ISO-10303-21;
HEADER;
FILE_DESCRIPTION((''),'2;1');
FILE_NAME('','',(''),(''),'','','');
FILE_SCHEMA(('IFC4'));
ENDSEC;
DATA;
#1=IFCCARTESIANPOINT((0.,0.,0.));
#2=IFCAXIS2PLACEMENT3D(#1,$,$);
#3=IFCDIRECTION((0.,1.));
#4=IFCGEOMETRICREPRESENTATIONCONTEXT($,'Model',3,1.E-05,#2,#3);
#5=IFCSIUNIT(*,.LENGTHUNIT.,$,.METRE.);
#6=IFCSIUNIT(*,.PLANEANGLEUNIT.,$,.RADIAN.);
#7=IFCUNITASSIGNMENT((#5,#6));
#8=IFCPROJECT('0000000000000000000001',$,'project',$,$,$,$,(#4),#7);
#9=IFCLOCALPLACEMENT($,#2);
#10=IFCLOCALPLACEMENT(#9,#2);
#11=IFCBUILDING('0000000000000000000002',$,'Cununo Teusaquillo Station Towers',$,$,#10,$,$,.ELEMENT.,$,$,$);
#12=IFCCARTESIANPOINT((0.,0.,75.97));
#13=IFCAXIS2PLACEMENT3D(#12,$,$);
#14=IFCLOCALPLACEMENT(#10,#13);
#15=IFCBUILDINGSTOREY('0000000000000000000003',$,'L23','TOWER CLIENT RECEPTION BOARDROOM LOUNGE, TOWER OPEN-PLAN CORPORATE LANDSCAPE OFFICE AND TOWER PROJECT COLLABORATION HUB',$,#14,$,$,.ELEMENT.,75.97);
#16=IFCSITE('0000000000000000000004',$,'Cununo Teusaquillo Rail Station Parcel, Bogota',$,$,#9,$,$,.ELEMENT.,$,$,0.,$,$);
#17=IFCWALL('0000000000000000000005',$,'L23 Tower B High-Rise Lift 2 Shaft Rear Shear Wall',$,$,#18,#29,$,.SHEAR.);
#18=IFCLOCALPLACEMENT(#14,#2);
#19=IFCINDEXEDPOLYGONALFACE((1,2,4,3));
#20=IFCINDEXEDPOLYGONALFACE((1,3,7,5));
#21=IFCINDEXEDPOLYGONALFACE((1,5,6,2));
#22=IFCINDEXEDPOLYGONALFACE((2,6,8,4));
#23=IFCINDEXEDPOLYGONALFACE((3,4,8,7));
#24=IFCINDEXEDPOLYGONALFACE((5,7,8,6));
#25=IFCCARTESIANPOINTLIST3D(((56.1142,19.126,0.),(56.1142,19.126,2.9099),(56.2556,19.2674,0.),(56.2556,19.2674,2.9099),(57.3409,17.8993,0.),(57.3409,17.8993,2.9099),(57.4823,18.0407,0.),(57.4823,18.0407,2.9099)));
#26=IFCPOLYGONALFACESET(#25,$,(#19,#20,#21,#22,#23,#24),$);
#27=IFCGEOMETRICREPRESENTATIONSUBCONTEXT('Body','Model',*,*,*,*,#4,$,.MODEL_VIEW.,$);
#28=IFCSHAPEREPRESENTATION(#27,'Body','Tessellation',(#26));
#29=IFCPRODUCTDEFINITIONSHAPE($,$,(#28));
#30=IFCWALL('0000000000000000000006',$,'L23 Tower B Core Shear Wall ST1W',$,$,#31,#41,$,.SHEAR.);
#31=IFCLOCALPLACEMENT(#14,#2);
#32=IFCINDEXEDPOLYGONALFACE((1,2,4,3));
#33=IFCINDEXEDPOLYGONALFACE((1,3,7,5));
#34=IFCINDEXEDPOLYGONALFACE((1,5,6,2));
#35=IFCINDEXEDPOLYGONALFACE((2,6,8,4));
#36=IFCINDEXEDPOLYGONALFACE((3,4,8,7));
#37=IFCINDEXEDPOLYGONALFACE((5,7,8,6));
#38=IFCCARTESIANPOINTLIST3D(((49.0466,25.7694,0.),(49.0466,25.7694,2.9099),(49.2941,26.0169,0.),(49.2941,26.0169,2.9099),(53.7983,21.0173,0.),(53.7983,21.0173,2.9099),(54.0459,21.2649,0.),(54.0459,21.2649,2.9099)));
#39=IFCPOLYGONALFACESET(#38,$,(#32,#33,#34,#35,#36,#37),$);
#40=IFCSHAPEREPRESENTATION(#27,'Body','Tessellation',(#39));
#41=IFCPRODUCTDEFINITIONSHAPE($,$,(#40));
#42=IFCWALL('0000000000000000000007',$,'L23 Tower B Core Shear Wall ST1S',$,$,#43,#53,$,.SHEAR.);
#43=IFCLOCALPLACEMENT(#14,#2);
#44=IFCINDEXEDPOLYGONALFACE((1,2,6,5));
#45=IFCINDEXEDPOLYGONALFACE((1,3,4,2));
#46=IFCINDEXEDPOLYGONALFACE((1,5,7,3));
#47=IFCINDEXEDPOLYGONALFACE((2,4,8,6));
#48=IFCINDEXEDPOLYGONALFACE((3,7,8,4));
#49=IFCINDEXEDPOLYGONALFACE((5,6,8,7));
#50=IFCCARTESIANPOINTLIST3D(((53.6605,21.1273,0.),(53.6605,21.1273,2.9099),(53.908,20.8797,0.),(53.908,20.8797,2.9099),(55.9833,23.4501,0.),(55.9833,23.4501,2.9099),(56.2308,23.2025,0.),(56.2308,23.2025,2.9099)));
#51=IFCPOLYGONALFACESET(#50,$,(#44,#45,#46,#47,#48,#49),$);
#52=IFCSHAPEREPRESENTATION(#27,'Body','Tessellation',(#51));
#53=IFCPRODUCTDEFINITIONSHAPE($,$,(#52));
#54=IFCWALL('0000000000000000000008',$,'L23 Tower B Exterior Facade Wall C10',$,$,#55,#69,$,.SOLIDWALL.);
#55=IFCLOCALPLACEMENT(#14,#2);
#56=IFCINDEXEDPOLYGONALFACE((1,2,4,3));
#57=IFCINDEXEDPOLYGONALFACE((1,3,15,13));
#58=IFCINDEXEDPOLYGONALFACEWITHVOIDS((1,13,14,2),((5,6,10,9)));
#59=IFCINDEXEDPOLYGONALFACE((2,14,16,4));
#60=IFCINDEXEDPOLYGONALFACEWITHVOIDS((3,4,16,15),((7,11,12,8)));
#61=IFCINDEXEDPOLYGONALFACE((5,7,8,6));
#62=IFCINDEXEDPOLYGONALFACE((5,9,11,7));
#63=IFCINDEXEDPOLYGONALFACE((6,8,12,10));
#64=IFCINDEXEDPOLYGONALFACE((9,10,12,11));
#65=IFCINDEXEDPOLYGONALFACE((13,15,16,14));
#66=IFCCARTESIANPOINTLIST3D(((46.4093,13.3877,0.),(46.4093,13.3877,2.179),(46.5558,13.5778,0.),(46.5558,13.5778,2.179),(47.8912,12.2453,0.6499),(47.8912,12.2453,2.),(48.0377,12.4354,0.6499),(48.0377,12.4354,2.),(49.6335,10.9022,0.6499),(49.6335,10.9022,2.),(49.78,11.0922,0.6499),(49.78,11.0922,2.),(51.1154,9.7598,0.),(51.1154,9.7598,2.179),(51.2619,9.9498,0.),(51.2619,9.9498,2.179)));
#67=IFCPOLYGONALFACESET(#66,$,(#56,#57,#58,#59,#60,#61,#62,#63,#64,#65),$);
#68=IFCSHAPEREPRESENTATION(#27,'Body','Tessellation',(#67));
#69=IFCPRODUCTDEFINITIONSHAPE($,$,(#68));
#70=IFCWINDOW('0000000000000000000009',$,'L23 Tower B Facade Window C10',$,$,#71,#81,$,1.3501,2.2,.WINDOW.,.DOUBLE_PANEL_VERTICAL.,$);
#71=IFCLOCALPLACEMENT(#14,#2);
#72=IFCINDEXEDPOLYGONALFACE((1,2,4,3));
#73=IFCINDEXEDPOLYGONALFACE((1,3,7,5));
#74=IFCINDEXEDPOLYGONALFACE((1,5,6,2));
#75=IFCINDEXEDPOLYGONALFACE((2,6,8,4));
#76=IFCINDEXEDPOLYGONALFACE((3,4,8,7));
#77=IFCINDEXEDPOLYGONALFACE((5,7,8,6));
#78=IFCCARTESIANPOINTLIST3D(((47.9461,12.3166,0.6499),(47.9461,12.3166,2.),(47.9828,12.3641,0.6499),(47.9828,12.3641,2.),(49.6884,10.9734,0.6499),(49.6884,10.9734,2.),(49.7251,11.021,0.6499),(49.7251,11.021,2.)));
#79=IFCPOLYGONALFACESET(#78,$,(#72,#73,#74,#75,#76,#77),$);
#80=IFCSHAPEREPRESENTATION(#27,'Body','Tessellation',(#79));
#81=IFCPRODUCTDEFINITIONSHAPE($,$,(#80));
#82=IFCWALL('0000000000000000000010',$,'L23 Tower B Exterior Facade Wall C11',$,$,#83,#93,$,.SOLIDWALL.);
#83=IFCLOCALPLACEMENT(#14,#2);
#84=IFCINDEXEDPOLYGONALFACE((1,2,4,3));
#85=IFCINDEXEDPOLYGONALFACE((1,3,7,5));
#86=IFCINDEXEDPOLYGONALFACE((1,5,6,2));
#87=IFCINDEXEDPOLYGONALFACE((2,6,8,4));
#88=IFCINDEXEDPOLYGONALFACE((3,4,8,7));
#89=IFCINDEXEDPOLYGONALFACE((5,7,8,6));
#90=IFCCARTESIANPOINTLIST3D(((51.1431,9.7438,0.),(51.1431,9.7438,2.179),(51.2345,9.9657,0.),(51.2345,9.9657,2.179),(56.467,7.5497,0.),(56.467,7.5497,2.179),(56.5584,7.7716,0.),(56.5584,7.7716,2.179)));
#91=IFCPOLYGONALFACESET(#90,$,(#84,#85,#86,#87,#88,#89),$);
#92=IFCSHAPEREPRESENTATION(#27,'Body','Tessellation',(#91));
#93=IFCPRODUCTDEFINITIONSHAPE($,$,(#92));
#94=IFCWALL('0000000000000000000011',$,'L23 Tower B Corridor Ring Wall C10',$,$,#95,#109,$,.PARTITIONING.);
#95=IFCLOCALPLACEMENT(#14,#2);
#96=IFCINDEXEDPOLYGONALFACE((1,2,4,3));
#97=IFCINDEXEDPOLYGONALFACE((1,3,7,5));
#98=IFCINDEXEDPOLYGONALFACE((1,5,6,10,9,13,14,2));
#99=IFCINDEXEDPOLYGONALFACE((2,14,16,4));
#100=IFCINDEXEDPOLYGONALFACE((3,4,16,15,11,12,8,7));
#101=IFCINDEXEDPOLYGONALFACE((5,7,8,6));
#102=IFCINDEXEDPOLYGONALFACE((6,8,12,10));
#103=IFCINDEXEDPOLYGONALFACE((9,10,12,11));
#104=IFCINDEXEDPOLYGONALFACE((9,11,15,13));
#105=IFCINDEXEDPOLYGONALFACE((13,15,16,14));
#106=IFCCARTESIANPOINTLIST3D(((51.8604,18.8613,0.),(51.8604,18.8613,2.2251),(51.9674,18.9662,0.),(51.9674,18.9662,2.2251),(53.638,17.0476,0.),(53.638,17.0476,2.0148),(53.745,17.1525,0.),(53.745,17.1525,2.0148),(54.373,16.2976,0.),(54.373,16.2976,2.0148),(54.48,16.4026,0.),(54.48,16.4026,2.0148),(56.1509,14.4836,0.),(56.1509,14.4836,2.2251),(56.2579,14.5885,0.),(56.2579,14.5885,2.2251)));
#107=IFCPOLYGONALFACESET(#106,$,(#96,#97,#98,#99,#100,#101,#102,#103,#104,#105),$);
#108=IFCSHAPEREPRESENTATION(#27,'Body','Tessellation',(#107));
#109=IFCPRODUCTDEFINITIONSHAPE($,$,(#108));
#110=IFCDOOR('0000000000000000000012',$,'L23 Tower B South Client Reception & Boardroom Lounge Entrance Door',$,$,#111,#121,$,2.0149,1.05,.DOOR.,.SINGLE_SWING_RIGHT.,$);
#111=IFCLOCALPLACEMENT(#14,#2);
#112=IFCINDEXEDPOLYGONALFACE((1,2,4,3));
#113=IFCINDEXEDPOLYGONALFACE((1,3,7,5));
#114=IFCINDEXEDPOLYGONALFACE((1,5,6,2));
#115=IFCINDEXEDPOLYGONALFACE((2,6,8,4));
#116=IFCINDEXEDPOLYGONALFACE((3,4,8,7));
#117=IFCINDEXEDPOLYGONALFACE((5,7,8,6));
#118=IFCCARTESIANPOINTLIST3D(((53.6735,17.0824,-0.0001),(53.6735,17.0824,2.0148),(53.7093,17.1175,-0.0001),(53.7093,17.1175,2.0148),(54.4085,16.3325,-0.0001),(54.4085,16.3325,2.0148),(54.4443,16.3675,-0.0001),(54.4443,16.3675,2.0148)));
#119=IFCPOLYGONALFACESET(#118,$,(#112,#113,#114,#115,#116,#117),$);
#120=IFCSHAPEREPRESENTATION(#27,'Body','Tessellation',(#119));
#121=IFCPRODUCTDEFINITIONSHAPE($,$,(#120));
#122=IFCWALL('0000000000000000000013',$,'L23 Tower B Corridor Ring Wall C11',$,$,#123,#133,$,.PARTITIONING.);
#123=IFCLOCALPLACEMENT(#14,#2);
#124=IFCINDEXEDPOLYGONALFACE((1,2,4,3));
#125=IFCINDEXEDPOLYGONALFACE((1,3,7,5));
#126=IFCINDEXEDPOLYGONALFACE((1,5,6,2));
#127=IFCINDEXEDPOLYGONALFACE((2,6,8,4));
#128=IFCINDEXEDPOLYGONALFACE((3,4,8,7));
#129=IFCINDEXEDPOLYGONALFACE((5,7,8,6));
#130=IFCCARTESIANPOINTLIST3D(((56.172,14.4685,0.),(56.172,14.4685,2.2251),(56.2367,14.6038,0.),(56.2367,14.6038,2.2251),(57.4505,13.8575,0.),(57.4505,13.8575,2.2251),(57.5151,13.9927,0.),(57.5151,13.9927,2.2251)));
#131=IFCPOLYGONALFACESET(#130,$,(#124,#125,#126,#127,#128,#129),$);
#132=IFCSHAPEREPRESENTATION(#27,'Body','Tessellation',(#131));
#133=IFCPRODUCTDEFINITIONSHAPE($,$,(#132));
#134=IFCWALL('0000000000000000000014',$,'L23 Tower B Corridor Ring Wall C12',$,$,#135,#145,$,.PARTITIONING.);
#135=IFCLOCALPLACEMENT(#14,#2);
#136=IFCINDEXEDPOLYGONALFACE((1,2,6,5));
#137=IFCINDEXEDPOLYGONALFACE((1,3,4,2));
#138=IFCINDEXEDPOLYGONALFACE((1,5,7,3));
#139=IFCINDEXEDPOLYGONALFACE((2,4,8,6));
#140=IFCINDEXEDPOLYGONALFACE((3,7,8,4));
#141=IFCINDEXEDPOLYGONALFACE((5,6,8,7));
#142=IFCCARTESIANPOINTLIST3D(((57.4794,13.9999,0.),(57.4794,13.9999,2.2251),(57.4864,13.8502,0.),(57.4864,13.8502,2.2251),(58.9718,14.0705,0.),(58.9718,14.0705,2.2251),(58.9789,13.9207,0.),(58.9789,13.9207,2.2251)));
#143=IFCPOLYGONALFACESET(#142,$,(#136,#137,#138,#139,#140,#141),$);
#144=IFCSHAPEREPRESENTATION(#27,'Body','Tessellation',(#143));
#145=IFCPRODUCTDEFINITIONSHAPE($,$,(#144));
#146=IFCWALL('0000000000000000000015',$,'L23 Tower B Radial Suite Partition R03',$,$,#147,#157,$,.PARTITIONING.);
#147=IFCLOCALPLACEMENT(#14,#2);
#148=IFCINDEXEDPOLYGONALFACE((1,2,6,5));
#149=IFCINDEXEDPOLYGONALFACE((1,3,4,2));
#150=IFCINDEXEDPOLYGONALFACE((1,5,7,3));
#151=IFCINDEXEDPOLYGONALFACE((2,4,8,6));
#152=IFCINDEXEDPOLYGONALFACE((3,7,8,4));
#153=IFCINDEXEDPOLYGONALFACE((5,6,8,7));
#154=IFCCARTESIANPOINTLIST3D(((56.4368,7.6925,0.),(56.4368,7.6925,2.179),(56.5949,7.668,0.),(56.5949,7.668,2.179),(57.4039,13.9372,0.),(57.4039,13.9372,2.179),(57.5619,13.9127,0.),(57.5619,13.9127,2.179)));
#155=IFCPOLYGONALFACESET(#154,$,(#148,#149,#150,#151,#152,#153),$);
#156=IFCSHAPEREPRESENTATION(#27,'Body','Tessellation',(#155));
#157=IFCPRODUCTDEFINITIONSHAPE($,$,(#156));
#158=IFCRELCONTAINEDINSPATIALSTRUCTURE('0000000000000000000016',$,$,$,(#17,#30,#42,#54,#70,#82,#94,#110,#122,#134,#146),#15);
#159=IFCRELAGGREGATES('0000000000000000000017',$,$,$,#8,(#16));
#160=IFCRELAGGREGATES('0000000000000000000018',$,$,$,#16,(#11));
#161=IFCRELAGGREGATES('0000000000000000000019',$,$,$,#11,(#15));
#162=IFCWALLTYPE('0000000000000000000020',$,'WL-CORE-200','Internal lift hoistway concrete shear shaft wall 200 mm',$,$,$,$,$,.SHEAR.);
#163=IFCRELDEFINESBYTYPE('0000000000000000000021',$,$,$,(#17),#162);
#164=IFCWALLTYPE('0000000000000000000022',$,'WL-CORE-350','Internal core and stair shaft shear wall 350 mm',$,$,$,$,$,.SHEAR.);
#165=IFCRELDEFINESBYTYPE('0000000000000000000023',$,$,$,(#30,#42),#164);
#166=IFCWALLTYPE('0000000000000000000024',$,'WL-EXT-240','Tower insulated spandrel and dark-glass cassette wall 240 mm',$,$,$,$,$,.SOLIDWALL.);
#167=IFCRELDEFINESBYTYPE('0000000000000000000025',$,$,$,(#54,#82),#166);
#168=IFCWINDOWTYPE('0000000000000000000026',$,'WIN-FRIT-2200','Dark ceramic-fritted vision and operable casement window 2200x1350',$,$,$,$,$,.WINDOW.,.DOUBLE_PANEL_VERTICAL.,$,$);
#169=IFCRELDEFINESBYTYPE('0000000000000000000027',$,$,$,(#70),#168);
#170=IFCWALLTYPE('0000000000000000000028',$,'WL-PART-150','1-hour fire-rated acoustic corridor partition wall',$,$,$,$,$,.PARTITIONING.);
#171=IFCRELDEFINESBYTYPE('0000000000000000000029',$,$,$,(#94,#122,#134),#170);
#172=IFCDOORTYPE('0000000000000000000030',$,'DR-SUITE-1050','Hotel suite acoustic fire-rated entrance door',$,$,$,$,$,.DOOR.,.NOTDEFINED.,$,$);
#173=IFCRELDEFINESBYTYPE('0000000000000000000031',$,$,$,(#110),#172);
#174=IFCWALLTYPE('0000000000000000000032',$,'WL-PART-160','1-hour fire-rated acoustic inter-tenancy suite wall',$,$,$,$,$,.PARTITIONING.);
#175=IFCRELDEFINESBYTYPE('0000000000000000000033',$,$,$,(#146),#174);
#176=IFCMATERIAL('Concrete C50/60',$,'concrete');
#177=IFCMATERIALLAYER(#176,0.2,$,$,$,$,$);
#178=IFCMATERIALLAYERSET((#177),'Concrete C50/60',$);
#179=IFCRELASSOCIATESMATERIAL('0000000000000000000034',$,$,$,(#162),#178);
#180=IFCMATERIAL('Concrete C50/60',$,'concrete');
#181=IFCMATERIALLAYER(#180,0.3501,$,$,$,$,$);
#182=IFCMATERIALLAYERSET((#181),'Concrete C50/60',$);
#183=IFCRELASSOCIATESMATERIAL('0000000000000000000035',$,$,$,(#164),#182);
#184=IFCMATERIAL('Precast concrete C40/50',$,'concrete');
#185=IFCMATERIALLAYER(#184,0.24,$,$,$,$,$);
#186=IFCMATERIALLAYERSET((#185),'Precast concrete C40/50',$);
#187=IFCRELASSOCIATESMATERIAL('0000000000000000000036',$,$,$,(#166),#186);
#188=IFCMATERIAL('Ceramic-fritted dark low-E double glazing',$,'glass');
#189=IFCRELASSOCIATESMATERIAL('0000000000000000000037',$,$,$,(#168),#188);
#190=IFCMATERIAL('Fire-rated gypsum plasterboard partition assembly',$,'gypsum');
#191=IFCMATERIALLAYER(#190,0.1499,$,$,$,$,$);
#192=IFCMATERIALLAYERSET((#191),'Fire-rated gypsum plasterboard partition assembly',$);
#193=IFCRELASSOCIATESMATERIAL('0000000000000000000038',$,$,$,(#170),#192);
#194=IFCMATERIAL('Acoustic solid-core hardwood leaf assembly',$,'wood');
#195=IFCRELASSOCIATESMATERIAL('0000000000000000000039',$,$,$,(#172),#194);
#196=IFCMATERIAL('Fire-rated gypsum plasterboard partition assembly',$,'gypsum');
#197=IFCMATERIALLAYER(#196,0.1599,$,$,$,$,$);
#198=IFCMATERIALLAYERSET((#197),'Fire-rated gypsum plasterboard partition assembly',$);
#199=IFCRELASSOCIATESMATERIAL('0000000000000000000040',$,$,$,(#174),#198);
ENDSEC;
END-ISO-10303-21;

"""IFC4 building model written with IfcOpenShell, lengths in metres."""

from ifc_helpers import new_model, si_unit, direction, frame, frame_2d, origin, place, context, subcontext, project, spatial, rectangle, extrude, source, transform, mapped, material, layer, layer_set, type_object, element, fill, save


model = new_model("IFC4")

# Units and contexts
model_context = context("Model", 3, precision=1e-05, world=origin(), true_north=direction((0.0, 1.0)))
body_context = subcontext(model_context, "Body", "Model", "MODEL_VIEW")
ifc_project = project(units=[si_unit("LENGTHUNIT", "METRE"), si_unit("PLANEANGLEUNIT", "RADIAN")], contexts=[model_context])

# Site, building, storey
site_placement = place(None, origin())
site = spatial("IfcSite", under=ifc_project, at=site_placement, Name="Cununo Teusaquillo Rail Station Parcel, Bogota", CompositionType="ELEMENT", RefElevation=0.0)
building_placement = place(site_placement, origin())
building = spatial("IfcBuilding", under=site, at=building_placement, Name="Cununo Teusaquillo Station Towers", CompositionType="ELEMENT")
storey_placement = place(building_placement, frame((0.0, 0.0, 75.97)))
storey = spatial("IfcBuildingStorey", under=building, at=storey_placement, Name="L23", Description="TOWER CLIENT RECEPTION BOARDROOM LOUNGE, TOWER OPEN-PLAN CORPORATE LANDSCAPE OFFICE AND TOWER PROJECT COLLABORATION HUB", CompositionType="ELEMENT", Elevation=75.97)

# Walls
ifc_material_1 = material(Name="Concrete C50/60", Category="concrete")
ifc_layer_1 = layer(ifc_material_1, 0.2)
ifc_layer_set_1 = layer_set([ifc_layer_1], Name="Concrete C50/60")
wall_type_1 = type_object("IfcWallType", Name="WL-CORE-200", Description="Internal lift hoistway concrete shear shaft wall 200 mm", PredefinedType="SHEAR", material=ifc_layer_set_1)
wall_1_placement = place(storey_placement, frame((57.4116, 17.97, 0.0), z_axis=(0.0, 0.0, 1.0), x_axis=(-0.707107, 0.707107, 0.0)))
element("IfcWall", 1, at=wall_1_placement, inside=storey, type_object=wall_type_1, Name="L23 Tower B High-Rise Lift 2 Shaft Rear Shear Wall", PredefinedType="SHEAR", context=body_context, shape_type="SweptSolid", body=[
    extrude(rectangle(XDim=1.7349, YDim=0.2, at=frame_2d((0.8674, 0.0))), origin(), (0.0, 0.0, 1.0), 2.9099),
])
ifc_material_2 = material(Name="Concrete C50/60", Category="concrete")
ifc_layer_2 = layer(ifc_material_2, 0.3501)
ifc_layer_set_2 = layer_set([ifc_layer_2], Name="Concrete C50/60")
wall_type_2 = type_object("IfcWallType", Name="WL-CORE-350", Description="Internal core and stair shaft shear wall 350 mm", PredefinedType="SHEAR", material=ifc_layer_set_2)
wall_2_placement = place(storey_placement, frame((53.9221, 21.1411, 0.0), z_axis=(0.0, 0.0, 1.0), x_axis=(-0.707089, 0.707125, 0.0)))
element("IfcWall", 2, at=wall_2_placement, inside=storey, type_object=wall_type_2, Name="L23 Tower B Core Shear Wall ST1W", PredefinedType="SHEAR", context=body_context, shape_type="SweptSolid", body=[
    extrude(rectangle(XDim=6.7202, YDim=0.3501, at=frame_2d((3.3601, 0.0))), origin(), (0.0, 0.0, 1.0), 2.9099),
])
wall_3_placement = place(storey_placement, frame((53.7842, 21.0034, 0.0), z_axis=(0.0, 0.0, 1.0), x_axis=(0.707107, 0.707107, 0.0)))
element("IfcWall", 3, at=wall_3_placement, inside=storey, type_object=wall_type_2, Name="L23 Tower B Core Shear Wall ST1S", PredefinedType="SHEAR", context=body_context, shape_type="SweptSolid", body=[
    extrude(rectangle(XDim=3.2849, YDim=0.3501, at=frame_2d((1.6426, 0.0))), origin(), (0.0, 0.0, 1.0), 2.9099),
])

# Wall, opening, window
ifc_material_3 = material(Name="Precast concrete C40/50", Category="concrete")
ifc_layer_3 = layer(ifc_material_3, 0.24)
ifc_layer_set_3 = layer_set([ifc_layer_3], Name="Precast concrete C40/50")
wall_type_3 = type_object("IfcWallType", Name="WL-EXT-240", Description="Tower insulated spandrel and dark-glass cassette wall 240 mm", PredefinedType="SOLIDWALL", material=ifc_layer_set_3)
wall_4_placement = place(storey_placement, frame((51.1887, 9.8547, 0.0), z_axis=(0.0, 0.0, 1.0), x_axis=(-0.791982, 0.610544, 0.0)))
wall_4 = element("IfcWall", 4, at=wall_4_placement, inside=storey, type_object=wall_type_3, Name="L23 Tower B Exterior Facade Wall C10", PredefinedType="SOLIDWALL", context=body_context, shape_type="SweptSolid", body=[
    extrude(rectangle(XDim=5.9421, YDim=0.24, at=frame_2d((2.9712, 0.0))), origin(), (0.0, 0.0, 1.0), 2.179),
])
shared_shape_1 = source(origin(), body_context, "Body", "SweptSolid", [
    extrude(rectangle(XDim=2.2, YDim=1.3501, at=frame_2d((1.1001, 0.675))), frame((0.0, 0.1299, 0.0), z_axis=(0.0, -1.0, 0.0), x_axis=(1.0, 0.0, 0.0)), (0.0, 0.0, 1.0), 0.26),
])
opening_1_placement = place(wall_4_placement, frame((1.8711, 0.0, 0.6499)))
opening_1 = element("IfcOpeningElement", 5, at=opening_1_placement, cuts=wall_4, PredefinedType="OPENING", context=body_context, shape_type="MappedRepresentation", body=[
    mapped(shared_shape_1, transform((0.0, 0.0, 0.0), x_axis=(1.0, 0.0, 0.0), y_axis=(0.0, 1.0, 0.0), z_axis=(0.0, 0.0, 1.0), scale=1.0)),
])
ifc_material_4 = material(Name="Ceramic-fritted dark low-E double glazing", Category="glass")
window_type = type_object("IfcWindowType", Name="WIN-FRIT-2200", Description="Dark ceramic-fritted vision and operable casement window 2200x1350", PartitioningType="DOUBLE_PANEL_VERTICAL", PredefinedType="WINDOW", material=ifc_material_4)
shared_shape_2 = source(origin(), body_context, "Body", "SweptSolid", [
    extrude(rectangle(XDim=2.2, YDim=1.3501, at=frame_2d((1.1001, 0.675))), frame((0.0, 0.03, 0.0), z_axis=(0.0, -1.0, 0.0), x_axis=(1.0, 0.0, 0.0)), (0.0, 0.0, 1.0), 0.0601),
])
window_placement = place(opening_1_placement, origin())
window = element("IfcWindow", 6, at=window_placement, inside=storey, type_object=window_type, Name="L23 Tower B Facade Window C10", OverallHeight=1.3501, OverallWidth=2.2, PartitioningType="DOUBLE_PANEL_VERTICAL", PredefinedType="WINDOW", context=body_context, shape_type="MappedRepresentation", body=[
    mapped(shared_shape_2, transform((0.0, 0.0, 0.0), x_axis=(1.0, 0.0, 0.0), y_axis=(0.0, 1.0, 0.0), z_axis=(0.0, 0.0, 1.0), scale=1.0)),
])
fill(opening_1, window)

# Wall
wall_5_placement = place(storey_placement, frame((56.5127, 7.6606, 0.0), z_axis=(0.0, 0.0, 1.0), x_axis=(-0.924564, 0.381027, 0.0)))
element("IfcWall", 7, at=wall_5_placement, inside=storey, type_object=wall_type_3, Name="L23 Tower B Exterior Facade Wall C11", PredefinedType="SOLIDWALL", context=body_context, shape_type="SweptSolid", body=[
    extrude(rectangle(XDim=5.7583, YDim=0.24, at=frame_2d((2.8792, 0.0))), origin(), (0.0, 0.0, 1.0), 2.179),
])

# Wall, opening, door
ifc_material_5 = material(Name="Fire-rated gypsum plasterboard partition assembly", Category="gypsum")
ifc_layer_4 = layer(ifc_material_5, 0.1499)
ifc_layer_set_4 = layer_set([ifc_layer_4], Name="Fire-rated gypsum plasterboard partition assembly")
wall_type_4 = type_object("IfcWallType", Name="WL-PART-150", Description="1-hour fire-rated acoustic corridor partition wall", PredefinedType="PARTITIONING", material=ifc_layer_set_4)
wall_6_placement = place(storey_placement, frame((51.9138, 18.9138, 0.0), z_axis=(0.0, 0.0, 1.0), x_axis=(0.699961, -0.714181, 0.0)))
wall_6 = element("IfcWall", 8, at=wall_6_placement, inside=storey, type_object=wall_type_4, Name="L23 Tower B Corridor Ring Wall C10", PredefinedType="PARTITIONING", context=body_context, shape_type="SweptSolid", body=[
    extrude(rectangle(XDim=6.1296, YDim=0.1499, at=frame_2d((3.0649, 0.0))), origin(), (0.0, 0.0, 1.0), 2.2251),
])
shared_shape_3 = source(origin(), body_context, "Body", "SweptSolid", [
    extrude(rectangle(XDim=1.05, YDim=2.0149, at=frame_2d((0.5249, 1.0073))), frame((0.0, 0.085, 0.0), z_axis=(0.0, -1.0, 0.0), x_axis=(1.0, 0.0, 0.0)), (0.0, 0.0, 1.0), 0.1699),
])
opening_2_placement = place(wall_6_placement, frame((2.5398, 0.0, 0.0)))
opening_2 = element("IfcOpeningElement", 9, at=opening_2_placement, cuts=wall_6, PredefinedType="OPENING", context=body_context, shape_type="MappedRepresentation", body=[
    mapped(shared_shape_3, transform((0.0, 0.0, 0.0), x_axis=(1.0, 0.0, 0.0), y_axis=(0.0, 1.0, 0.0), z_axis=(0.0, 0.0, 1.0), scale=1.0)),
])
ifc_material_6 = material(Name="Acoustic solid-core hardwood leaf assembly", Category="wood")
door_type_1 = type_object("IfcDoorType", Name="DR-SUITE-1050", Description="Hotel suite acoustic fire-rated entrance door", OperationType="NOTDEFINED", PredefinedType="DOOR", material=ifc_material_6)
shared_shape_4 = source(origin(), body_context, "Body", "SweptSolid", [
    extrude(rectangle(XDim=1.05, YDim=2.0149, at=frame_2d((0.5249, 1.0073))), frame((0.0, 0.0249, 0.0), z_axis=(0.0, -1.0, 0.0), x_axis=(1.0, 0.0, 0.0)), (0.0, 0.0, 1.0), 0.05),
])
door_1_placement = place(opening_2_placement, origin())
door_1 = element("IfcDoor", 10, at=door_1_placement, inside=storey, type_object=door_type_1, Name="L23 Tower B South Client Reception & Boardroom Lounge Entrance Door", OperationType="SINGLE_SWING_RIGHT", OverallHeight=2.0149, OverallWidth=1.05, PredefinedType="DOOR", context=body_context, shape_type="MappedRepresentation", body=[
    mapped(shared_shape_4, transform((0.0, 0.0, 0.0), x_axis=(1.0, 0.0, 0.0), y_axis=(0.0, 1.0, 0.0), z_axis=(0.0, 0.0, 1.0), scale=1.0)),
])
fill(opening_2, door_1)

# Walls
wall_7_placement = place(storey_placement, frame((56.2043, 14.5361, 0.0), z_axis=(0.0, 0.0, 1.0), x_axis=(0.902245, -0.431224, 0.0)))
element("IfcWall", 11, at=wall_7_placement, inside=storey, type_object=wall_type_4, Name="L23 Tower B Corridor Ring Wall C11", PredefinedType="PARTITIONING", context=body_context, shape_type="SweptSolid", body=[
    extrude(rectangle(XDim=1.417, YDim=0.1499, at=frame_2d((0.7085, 0.0))), origin(), (0.0, 0.0, 1.0), 2.2251),
])
wall_8_placement = place(storey_placement, frame((57.4829, 13.925, 0.0), z_axis=(0.0, 0.0, 1.0), x_axis=(0.998884, 0.047224, 0.0)))
element("IfcWall", 12, at=wall_8_placement, inside=storey, type_object=wall_type_4, Name="L23 Tower B Corridor Ring Wall C12", PredefinedType="PARTITIONING", context=body_context, shape_type="SweptSolid", body=[
    extrude(rectangle(XDim=1.4941, YDim=0.1499, at=frame_2d((0.7471, 0.0))), origin(), (0.0, 0.0, 1.0), 2.2251),
])
ifc_material_7 = material(Name="Fire-rated gypsum plasterboard partition assembly", Category="gypsum")
ifc_layer_5 = layer(ifc_material_7, 0.1599)
ifc_layer_set_5 = layer_set([ifc_layer_5], Name="Fire-rated gypsum plasterboard partition assembly")
wall_type_5 = type_object("IfcWallType", Name="WL-PART-160", Description="1-hour fire-rated acoustic inter-tenancy suite wall", PredefinedType="PARTITIONING", material=ifc_layer_set_5)
wall_9_placement = place(storey_placement, frame((57.4829, 13.925, 0.0), z_axis=(0.0, 0.0, 1.0), x_axis=(-0.153036, -0.988221, 0.0)))
element("IfcWall", 13, at=wall_9_placement, inside=storey, type_object=wall_type_5, Name="L23 Tower B Radial Suite Partition R03", PredefinedType="PARTITIONING", context=body_context, shape_type="SweptSolid", body=[
    extrude(rectangle(XDim=6.3191, YDim=0.1599, at=frame_2d((3.1597, 0.0))), origin(), (0.0, 0.0, 1.0), 2.179),
])

save(model, "model.ifc")
